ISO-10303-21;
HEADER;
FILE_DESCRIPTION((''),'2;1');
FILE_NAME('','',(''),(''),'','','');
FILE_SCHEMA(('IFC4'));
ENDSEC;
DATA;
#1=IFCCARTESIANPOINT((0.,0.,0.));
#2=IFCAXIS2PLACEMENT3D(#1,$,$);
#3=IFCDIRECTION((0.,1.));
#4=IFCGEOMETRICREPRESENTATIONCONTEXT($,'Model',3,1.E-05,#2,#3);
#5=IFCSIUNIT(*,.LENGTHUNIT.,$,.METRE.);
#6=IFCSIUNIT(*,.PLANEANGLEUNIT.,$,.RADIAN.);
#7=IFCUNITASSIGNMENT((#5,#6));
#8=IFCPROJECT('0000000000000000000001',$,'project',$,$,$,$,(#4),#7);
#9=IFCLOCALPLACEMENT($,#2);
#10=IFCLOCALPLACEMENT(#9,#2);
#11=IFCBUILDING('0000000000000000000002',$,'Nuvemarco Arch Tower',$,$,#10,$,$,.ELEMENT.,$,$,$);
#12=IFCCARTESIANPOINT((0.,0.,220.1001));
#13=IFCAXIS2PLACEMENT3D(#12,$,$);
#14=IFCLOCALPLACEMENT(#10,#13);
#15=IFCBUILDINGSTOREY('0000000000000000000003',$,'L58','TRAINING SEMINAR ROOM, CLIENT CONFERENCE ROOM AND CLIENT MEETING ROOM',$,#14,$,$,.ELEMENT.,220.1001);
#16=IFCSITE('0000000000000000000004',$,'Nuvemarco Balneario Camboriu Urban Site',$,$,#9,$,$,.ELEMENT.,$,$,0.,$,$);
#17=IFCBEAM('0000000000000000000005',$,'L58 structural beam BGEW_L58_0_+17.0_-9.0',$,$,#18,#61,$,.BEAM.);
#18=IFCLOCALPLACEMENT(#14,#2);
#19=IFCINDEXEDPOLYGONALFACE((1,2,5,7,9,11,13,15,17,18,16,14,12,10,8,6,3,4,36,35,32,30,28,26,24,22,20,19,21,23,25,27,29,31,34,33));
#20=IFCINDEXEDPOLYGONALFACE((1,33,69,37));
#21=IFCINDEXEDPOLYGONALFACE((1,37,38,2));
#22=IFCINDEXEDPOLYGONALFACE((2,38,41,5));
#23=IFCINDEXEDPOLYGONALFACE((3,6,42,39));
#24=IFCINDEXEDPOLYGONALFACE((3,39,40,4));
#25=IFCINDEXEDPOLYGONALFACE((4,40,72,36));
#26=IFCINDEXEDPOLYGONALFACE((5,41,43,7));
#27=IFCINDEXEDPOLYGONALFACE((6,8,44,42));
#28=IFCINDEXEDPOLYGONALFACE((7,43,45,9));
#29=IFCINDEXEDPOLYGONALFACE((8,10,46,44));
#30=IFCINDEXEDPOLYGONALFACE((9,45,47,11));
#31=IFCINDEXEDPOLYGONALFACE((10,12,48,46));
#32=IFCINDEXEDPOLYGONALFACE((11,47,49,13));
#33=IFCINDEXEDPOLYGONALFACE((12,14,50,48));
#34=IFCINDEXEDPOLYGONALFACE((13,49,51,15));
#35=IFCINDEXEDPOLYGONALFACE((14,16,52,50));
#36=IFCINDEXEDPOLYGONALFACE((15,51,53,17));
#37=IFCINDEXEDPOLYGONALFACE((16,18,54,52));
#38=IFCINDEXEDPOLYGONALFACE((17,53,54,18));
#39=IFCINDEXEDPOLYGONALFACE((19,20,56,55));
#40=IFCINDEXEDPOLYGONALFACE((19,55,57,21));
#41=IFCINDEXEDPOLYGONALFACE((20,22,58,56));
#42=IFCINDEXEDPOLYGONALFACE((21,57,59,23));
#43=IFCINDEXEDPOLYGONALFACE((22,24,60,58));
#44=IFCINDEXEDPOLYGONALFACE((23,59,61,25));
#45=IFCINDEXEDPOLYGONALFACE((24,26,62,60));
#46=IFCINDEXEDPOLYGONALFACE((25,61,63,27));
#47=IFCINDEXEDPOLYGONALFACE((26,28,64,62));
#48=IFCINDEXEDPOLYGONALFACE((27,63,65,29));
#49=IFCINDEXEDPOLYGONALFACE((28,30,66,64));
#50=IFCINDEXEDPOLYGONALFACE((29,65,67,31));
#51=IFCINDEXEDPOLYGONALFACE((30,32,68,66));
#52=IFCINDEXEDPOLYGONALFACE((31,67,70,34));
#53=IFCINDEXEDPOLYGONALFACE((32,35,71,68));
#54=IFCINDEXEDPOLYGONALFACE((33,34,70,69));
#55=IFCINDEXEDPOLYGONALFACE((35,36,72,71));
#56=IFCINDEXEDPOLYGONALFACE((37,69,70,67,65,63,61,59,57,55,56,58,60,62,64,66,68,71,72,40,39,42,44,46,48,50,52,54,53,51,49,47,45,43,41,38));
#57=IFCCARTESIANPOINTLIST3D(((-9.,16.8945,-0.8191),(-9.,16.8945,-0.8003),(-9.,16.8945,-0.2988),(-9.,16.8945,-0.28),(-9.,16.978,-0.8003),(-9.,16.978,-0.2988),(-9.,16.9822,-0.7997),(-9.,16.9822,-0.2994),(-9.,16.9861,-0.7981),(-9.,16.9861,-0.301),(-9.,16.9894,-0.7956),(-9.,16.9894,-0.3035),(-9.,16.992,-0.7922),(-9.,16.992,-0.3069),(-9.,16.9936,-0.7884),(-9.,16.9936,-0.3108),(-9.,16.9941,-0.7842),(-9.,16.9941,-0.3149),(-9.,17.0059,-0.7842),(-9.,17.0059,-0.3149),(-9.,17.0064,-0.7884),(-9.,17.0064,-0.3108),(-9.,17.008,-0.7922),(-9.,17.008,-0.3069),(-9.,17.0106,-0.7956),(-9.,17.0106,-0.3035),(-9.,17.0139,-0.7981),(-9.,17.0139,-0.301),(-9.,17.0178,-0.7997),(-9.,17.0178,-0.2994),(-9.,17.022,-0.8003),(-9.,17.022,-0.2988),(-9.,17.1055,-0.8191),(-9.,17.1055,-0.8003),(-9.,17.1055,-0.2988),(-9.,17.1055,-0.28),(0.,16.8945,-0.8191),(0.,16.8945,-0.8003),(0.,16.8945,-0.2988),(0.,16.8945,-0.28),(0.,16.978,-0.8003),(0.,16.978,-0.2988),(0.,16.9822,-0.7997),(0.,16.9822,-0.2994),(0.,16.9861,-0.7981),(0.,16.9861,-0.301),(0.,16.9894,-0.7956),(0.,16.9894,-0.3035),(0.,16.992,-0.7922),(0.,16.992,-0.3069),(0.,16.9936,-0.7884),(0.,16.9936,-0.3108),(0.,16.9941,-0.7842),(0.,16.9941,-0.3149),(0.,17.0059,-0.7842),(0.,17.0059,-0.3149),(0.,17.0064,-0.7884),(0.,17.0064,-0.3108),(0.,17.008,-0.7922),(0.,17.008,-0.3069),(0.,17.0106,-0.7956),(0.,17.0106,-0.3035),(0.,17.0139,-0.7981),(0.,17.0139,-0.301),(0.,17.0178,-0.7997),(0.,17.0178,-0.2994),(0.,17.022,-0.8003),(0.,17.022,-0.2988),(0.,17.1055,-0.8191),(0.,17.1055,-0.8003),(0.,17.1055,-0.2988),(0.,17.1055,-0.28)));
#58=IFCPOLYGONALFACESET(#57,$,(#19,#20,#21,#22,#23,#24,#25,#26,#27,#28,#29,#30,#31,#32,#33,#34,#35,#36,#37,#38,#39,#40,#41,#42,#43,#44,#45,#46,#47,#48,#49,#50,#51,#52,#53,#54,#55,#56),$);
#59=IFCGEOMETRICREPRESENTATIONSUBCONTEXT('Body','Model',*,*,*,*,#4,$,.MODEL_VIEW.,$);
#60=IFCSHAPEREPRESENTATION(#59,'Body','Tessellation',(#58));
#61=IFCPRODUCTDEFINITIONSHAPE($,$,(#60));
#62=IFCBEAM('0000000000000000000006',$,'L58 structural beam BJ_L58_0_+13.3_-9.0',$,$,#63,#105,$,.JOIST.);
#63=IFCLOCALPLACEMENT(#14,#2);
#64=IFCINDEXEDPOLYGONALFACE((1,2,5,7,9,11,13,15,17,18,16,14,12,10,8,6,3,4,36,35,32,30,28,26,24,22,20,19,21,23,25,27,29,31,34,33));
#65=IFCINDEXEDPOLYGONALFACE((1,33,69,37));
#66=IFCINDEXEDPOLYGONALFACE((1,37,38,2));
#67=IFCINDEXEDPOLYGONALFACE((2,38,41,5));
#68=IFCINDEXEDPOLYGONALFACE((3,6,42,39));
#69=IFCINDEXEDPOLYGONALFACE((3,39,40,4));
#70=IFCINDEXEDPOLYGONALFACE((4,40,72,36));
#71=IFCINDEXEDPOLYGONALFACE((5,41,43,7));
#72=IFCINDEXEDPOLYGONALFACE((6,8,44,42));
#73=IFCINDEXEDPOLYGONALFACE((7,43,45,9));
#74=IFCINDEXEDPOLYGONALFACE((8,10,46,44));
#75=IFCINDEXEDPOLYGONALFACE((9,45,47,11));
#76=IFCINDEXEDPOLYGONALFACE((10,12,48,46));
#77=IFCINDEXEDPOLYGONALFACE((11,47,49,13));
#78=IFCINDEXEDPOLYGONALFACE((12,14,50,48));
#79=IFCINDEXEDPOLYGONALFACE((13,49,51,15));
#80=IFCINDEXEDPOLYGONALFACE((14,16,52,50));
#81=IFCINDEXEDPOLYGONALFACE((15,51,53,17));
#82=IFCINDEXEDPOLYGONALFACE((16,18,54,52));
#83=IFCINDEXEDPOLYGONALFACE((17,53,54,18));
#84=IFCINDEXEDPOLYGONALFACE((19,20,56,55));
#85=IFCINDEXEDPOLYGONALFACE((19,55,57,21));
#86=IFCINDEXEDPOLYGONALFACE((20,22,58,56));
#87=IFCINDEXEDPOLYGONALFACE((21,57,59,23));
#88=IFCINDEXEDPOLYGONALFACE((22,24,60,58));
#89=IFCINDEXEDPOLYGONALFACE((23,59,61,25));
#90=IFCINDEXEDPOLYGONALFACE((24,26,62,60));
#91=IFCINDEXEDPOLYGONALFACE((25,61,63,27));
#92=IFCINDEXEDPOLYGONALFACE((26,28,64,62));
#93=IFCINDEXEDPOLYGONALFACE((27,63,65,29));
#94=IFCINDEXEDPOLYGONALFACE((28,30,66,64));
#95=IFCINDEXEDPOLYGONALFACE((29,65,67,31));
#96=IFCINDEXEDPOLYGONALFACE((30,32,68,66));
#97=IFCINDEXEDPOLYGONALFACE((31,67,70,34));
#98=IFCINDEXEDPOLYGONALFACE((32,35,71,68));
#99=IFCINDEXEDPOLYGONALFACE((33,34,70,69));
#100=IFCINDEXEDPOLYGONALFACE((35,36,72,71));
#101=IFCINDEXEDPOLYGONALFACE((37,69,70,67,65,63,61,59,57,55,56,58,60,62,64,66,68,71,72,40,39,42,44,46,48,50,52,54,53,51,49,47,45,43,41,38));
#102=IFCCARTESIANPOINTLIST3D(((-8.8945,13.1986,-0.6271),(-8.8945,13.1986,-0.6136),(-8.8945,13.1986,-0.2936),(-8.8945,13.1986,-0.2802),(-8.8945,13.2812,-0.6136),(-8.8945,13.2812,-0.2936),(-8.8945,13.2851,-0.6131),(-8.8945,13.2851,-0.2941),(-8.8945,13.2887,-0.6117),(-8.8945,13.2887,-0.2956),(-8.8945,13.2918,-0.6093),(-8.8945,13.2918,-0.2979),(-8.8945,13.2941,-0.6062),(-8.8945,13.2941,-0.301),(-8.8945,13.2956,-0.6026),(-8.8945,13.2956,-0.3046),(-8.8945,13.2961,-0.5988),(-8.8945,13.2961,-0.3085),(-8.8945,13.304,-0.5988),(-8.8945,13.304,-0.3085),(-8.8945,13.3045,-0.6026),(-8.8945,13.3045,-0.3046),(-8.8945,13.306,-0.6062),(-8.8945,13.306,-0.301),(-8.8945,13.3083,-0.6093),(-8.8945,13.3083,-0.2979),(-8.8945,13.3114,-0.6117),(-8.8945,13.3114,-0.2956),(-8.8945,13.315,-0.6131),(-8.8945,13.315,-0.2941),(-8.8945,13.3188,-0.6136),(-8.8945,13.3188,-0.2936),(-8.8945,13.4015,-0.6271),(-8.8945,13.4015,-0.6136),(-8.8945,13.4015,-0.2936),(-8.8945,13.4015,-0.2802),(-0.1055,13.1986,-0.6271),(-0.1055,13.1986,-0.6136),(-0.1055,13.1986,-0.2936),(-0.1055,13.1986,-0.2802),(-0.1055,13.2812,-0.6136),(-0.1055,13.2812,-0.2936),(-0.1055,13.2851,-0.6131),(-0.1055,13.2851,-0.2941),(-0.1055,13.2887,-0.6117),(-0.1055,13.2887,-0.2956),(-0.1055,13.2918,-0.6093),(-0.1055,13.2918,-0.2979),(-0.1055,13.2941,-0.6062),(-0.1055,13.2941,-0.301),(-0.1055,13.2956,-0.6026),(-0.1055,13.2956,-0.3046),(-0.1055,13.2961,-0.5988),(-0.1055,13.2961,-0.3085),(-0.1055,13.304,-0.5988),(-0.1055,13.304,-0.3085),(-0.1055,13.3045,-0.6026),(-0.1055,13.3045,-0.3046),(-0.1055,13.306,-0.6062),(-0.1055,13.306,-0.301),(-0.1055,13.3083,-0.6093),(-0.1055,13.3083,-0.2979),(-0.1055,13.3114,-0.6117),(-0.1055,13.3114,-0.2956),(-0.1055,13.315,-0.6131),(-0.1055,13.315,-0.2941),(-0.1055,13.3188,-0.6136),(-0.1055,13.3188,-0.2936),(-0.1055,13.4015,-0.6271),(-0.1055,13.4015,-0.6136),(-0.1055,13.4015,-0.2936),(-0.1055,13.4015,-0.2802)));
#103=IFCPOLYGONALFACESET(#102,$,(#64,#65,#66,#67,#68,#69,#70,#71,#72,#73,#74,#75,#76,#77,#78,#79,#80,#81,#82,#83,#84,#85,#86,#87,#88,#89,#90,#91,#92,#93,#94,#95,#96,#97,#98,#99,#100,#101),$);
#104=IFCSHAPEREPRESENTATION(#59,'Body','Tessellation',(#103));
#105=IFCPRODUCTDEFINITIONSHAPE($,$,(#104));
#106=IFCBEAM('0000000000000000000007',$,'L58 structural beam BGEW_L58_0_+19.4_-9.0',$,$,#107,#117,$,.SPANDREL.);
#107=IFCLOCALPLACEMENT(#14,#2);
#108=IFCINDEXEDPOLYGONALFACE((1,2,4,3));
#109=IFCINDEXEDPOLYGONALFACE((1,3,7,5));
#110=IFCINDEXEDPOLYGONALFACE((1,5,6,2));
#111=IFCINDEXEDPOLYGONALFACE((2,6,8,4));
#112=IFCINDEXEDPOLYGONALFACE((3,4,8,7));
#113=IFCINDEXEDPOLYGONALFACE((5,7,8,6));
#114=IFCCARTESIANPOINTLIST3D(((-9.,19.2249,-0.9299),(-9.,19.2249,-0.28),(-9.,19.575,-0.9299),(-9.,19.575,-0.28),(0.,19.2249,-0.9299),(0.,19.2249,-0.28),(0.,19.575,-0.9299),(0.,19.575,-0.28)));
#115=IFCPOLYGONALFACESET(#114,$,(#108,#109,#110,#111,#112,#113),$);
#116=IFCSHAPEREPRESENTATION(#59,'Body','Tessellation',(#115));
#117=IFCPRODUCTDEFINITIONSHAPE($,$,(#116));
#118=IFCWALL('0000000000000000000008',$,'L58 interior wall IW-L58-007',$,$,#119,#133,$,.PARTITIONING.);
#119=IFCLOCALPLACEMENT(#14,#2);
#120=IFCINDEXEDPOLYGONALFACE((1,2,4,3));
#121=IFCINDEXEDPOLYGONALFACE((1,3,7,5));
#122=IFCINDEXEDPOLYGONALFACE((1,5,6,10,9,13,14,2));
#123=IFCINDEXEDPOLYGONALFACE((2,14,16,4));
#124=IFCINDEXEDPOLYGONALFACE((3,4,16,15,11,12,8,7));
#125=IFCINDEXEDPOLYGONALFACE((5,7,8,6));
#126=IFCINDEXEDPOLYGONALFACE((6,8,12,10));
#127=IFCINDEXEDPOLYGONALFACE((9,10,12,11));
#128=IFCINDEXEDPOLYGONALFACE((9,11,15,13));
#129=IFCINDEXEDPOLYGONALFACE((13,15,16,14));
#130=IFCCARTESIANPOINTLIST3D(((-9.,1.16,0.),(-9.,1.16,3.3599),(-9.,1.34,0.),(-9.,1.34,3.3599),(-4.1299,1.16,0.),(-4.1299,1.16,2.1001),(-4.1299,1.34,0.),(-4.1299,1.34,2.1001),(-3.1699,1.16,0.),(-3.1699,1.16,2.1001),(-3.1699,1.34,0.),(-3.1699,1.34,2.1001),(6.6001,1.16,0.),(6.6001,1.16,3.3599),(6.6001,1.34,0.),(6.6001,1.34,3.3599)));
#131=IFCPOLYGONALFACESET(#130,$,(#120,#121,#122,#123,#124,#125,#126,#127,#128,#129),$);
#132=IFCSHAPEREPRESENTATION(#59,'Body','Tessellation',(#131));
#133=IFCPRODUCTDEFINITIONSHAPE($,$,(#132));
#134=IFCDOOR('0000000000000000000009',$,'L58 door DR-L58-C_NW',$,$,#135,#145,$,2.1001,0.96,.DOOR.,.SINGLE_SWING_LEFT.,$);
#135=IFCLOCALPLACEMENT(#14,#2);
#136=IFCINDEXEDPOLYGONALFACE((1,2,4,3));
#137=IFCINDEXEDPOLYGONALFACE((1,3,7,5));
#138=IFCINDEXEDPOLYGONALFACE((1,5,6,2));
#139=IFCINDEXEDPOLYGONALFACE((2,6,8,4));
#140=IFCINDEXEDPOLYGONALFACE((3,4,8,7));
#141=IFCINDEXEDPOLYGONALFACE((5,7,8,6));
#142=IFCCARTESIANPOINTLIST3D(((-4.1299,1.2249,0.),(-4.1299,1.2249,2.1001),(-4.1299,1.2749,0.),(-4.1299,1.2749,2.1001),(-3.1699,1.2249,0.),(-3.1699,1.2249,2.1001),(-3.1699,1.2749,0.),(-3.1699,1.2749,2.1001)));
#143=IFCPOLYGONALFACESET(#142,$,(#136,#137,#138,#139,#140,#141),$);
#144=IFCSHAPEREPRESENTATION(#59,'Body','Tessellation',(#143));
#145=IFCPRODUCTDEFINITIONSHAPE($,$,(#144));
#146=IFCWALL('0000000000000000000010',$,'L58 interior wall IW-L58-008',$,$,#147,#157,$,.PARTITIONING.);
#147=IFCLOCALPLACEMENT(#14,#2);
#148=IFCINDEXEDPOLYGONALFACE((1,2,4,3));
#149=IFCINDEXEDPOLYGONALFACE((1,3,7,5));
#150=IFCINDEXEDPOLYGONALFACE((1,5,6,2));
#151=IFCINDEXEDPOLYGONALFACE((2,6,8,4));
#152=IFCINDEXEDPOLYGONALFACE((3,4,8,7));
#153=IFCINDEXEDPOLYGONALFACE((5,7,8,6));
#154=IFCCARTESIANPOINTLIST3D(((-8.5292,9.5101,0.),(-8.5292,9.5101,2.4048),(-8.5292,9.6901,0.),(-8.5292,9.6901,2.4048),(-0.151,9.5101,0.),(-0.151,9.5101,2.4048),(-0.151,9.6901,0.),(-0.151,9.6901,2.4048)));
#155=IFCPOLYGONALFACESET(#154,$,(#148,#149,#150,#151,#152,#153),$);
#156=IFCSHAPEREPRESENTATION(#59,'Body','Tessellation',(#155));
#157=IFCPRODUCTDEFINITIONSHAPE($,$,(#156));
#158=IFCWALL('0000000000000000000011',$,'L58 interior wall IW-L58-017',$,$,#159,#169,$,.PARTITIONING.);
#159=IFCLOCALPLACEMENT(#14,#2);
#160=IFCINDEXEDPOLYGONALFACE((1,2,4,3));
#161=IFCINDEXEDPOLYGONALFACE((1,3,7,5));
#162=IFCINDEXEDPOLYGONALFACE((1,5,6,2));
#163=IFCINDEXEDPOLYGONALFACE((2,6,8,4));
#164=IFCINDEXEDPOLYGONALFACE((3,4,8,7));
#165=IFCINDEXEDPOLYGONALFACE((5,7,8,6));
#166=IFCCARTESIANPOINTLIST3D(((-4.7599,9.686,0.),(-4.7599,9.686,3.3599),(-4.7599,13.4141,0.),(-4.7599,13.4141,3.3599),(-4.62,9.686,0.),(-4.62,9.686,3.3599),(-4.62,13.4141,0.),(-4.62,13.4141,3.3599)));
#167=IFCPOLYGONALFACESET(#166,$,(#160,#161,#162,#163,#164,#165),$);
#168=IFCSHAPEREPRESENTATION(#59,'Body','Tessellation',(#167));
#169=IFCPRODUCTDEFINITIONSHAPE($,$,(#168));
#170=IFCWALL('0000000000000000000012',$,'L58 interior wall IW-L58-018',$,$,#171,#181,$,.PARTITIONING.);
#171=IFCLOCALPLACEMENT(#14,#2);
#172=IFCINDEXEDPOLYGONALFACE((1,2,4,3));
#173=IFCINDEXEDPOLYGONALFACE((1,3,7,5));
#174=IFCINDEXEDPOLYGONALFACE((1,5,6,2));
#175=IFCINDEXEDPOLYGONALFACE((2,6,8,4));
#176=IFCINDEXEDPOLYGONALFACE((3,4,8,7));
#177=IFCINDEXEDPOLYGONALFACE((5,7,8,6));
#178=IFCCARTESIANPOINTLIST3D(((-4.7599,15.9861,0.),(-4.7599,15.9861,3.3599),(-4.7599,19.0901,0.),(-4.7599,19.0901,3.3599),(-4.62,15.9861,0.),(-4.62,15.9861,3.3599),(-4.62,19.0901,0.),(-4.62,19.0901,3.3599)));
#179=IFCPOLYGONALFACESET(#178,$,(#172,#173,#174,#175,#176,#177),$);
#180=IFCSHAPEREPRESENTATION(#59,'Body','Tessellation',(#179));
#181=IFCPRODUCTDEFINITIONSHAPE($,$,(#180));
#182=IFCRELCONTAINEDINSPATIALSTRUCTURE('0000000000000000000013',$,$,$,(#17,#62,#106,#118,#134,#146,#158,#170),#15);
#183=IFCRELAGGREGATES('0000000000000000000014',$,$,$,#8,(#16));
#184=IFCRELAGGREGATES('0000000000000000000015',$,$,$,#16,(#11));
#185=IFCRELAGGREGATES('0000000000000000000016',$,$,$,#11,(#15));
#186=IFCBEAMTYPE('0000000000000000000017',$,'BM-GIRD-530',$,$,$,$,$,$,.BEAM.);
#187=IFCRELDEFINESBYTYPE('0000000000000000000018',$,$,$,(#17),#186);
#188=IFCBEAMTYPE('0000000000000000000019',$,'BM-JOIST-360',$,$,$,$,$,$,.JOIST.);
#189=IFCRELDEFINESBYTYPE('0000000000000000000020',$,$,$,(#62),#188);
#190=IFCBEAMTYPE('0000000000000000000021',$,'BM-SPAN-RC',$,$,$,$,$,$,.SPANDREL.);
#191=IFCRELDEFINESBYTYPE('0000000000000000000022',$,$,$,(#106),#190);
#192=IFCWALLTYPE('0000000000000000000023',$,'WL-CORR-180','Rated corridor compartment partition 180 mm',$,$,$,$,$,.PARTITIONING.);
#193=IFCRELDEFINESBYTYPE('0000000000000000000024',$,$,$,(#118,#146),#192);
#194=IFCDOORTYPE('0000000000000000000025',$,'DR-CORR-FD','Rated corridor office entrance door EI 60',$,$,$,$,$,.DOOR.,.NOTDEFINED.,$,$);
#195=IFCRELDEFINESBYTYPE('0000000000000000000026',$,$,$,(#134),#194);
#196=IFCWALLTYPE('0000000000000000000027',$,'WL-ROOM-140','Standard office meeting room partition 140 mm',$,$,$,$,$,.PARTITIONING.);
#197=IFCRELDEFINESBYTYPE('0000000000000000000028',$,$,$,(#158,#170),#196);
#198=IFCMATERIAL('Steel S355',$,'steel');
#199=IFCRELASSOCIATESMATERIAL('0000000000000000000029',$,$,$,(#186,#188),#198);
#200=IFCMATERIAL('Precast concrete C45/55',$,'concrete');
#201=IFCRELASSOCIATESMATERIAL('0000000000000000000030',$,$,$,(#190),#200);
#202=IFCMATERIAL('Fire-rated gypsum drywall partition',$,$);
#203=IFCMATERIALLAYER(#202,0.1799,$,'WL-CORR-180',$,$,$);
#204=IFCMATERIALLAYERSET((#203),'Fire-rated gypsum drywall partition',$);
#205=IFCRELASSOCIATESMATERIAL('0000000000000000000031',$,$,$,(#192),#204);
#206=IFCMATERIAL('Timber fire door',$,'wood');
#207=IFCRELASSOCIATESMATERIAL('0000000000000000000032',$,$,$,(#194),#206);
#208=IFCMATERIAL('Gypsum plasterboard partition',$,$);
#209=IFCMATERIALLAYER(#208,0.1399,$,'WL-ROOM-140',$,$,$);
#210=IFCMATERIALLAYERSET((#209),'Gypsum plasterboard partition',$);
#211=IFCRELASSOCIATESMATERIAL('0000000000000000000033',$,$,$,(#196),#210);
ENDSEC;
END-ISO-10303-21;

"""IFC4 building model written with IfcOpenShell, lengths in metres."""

from ifc_helpers import new_model, si_unit, direction, frame, frame_2d, origin, origin_2d, place, context, subcontext, project, spatial, rectangle, i_section, extrude, source, transform, mapped, material, layer, layer_set, material_profile, profile_set, type_object, type_shapes, element, fill, save


model = new_model("IFC4")

# Units and contexts
model_context = context("Model", 3, precision=1e-05, world=origin(), true_north=direction((0.0, 1.0)))
body_context = subcontext(model_context, "Body", "Model", "MODEL_VIEW")
ifc_project = project(units=[si_unit("LENGTHUNIT", "METRE"), si_unit("PLANEANGLEUNIT", "RADIAN")], contexts=[model_context])

# Site, building, storey
site_placement = place(None, origin())
site = spatial("IfcSite", under=ifc_project, at=site_placement, Name="Nuvemarco Balneario Camboriu Urban Site", CompositionType="ELEMENT", RefElevation=0.0)
building_placement = place(site_placement, origin())
building = spatial("IfcBuilding", under=site, at=building_placement, Name="Nuvemarco Arch Tower", CompositionType="ELEMENT")
storey_placement = place(building_placement, frame((0.0, 0.0, 220.1001)))
storey = spatial("IfcBuildingStorey", under=building, at=storey_placement, Name="L58", Description="TRAINING SEMINAR ROOM, CLIENT CONFERENCE ROOM AND CLIENT MEETING ROOM", CompositionType="ELEMENT", Elevation=220.1001)

# Shared definitions
ifc_material_1 = material(Name="Steel S355", Category="steel")

# Beams
ifc_material_profile_1 = material_profile(ifc_material_1, i_section(OverallWidth=0.2109, OverallDepth=0.5391, WebThickness=0.0117, FlangeThickness=0.0188, FilletRadius=0.0161, at=origin_2d()), Name="W530x109")
ifc_profile_set_1 = profile_set([ifc_material_profile_1], Name="Steel S355")
beam_type_1 = type_object("IfcBeamType", Name="BM-GIRD-530", PredefinedType="BEAM", material=ifc_profile_set_1)
beam_1_placement = place(storey_placement, frame((-9.0, 17.0, -0.5496), z_axis=(1.0, 0.0, 0.0), x_axis=(0.0, 1.0, 0.0)))
element("IfcBeam", 1, at=beam_1_placement, inside=storey, type_object=beam_type_1, Name="L58 structural beam BGEW_L58_0_+17.0_-9.0", PredefinedType="BEAM", context=body_context, shape_type="SweptSolid", body=[
    extrude(i_section(OverallWidth=0.2109, OverallDepth=0.5391, WebThickness=0.0117, FlangeThickness=0.0188, FilletRadius=0.0161, at=origin_2d()), origin(), (0.0, 0.0, 1.0), 9.0),
])
ifc_material_profile_2 = material_profile(ifc_material_1, i_section(OverallWidth=0.2029, OverallDepth=0.3469, WebThickness=0.0078, FlangeThickness=0.0134, FilletRadius=0.0149, at=origin_2d()), Name="W360x64")
ifc_profile_set_2 = profile_set([ifc_material_profile_2], Name="Steel S355")
beam_type_2 = type_object("IfcBeamType", Name="BM-JOIST-360", PredefinedType="JOIST", material=ifc_profile_set_2)
beam_2_placement = place(storey_placement, frame((-8.8945, 13.3, -0.4536), z_axis=(1.0, 0.0, 0.0), x_axis=(0.0, 1.0, 0.0)))
element("IfcBeam", 2, at=beam_2_placement, inside=storey, type_object=beam_type_2, Name="L58 structural beam BJ_L58_0_+13.3_-9.0", PredefinedType="JOIST", context=body_context, shape_type="SweptSolid", body=[
    extrude(i_section(OverallWidth=0.2029, OverallDepth=0.3469, WebThickness=0.0078, FlangeThickness=0.0134, FilletRadius=0.0149, at=origin_2d()), origin(), (0.0, 0.0, 1.0), 8.7891),
])
ifc_material_2 = material(Name="Precast concrete C45/55", Category="concrete")
ifc_material_profile_3 = material_profile(ifc_material_2, rectangle(XDim=0.3501, YDim=0.6499, at=origin_2d()), Name="PC-SP-350x650")
ifc_profile_set_3 = profile_set([ifc_material_profile_3], Name="Precast concrete C45/55")
beam_type_3 = type_object("IfcBeamType", Name="BM-SPAN-RC", PredefinedType="SPANDREL", material=ifc_profile_set_3)
beam_3_placement = place(storey_placement, frame((-9.0, 19.3999, -0.605), z_axis=(1.0, 0.0, 0.0), x_axis=(0.0, 1.0, 0.0)))
element("IfcBeam", 3, at=beam_3_placement, inside=storey, type_object=beam_type_3, Name="L58 structural beam BGEW_L58_0_+19.4_-9.0", PredefinedType="SPANDREL", context=body_context, shape_type="SweptSolid", body=[
    extrude(rectangle(XDim=0.3501, YDim=0.6499, at=origin_2d()), origin(), (0.0, 0.0, 1.0), 9.0),
])

# Wall, opening, door
ifc_material_3 = material(Name="Fire-rated gypsum drywall partition")
ifc_layer_1 = layer(ifc_material_3, 0.1799, Name="WL-CORR-180")
ifc_layer_set_1 = layer_set([ifc_layer_1], Name="Fire-rated gypsum drywall partition")
wall_type_1 = type_object("IfcWallType", Name="WL-CORR-180", Description="Rated corridor compartment partition 180 mm", PredefinedType="PARTITIONING", material=ifc_layer_set_1)
wall_1_placement = place(storey_placement, frame((-9.0, 1.25, 0.0), z_axis=(0.0, 0.0, 1.0), x_axis=(1.0, 0.0, 0.0)))
wall_1 = element("IfcWall", 4, at=wall_1_placement, inside=storey, type_object=wall_type_1, Name="L58 interior wall IW-L58-007", PredefinedType="PARTITIONING", context=body_context, shape_type="SweptSolid", body=[
    extrude(rectangle(XDim=15.6001, YDim=0.1799, at=frame_2d((7.8, 0.0))), origin(), (0.0, 0.0, 1.0), 3.3599),
])
opening_1_placement = place(wall_1_placement, frame((4.8701, 0.0, 0.0)))
opening_1 = element("IfcOpeningElement", 5, at=opening_1_placement, cuts=wall_1, PredefinedType="OPENING", context=body_context, shape_type="SweptSolid", body=[
    extrude(rectangle(XDim=0.96, YDim=2.1001, at=frame_2d((0.48, 1.05))), frame((0.0, 0.0999, 0.0), z_axis=(0.0, -1.0, 0.0), x_axis=(1.0, 0.0, 0.0)), (0.0, 0.0, 1.0), 0.2),
])
ifc_material_4 = material(Name="Timber fire door", Category="wood")
door_type_1 = type_object("IfcDoorType", Name="DR-CORR-FD", Description="Rated corridor office entrance door EI 60", OperationType="NOTDEFINED", PredefinedType="DOOR", material=ifc_material_4)
shared_shape_1 = source(origin(), body_context, "Body", "SweptSolid", [
    extrude(rectangle(XDim=0.96, YDim=2.1001, at=frame_2d((0.48, 1.05))), frame((0.0, 0.0249, 0.0), z_axis=(0.0, -1.0, 0.0), x_axis=(1.0, 0.0, 0.0)), (0.0, 0.0, 1.0), 0.05),
])
type_shapes(door_type_1, [shared_shape_1])
door_1_placement = place(opening_1_placement, origin())
door_1 = element("IfcDoor", 6, at=door_1_placement, inside=storey, type_object=door_type_1, Name="L58 door DR-L58-C_NW", OperationType="SINGLE_SWING_LEFT", OverallHeight=2.1001, OverallWidth=0.96, PredefinedType="DOOR", context=body_context, shape_type="MappedRepresentation", body=[
    mapped(shared_shape_1, transform((0.0, 0.0, 0.0), scale=1.0)),
])
fill(opening_1, door_1)

# Walls
wall_2_placement = place(storey_placement, frame((-8.5291, 9.6001, 0.0), z_axis=(0.0, 0.0, 1.0), x_axis=(1.0, 0.0, 0.0)))
element("IfcWall", 7, at=wall_2_placement, inside=storey, type_object=wall_type_1, Name="L58 interior wall IW-L58-008", PredefinedType="PARTITIONING", context=body_context, shape_type="SweptSolid", body=[
    extrude(rectangle(XDim=8.3782, YDim=0.1799, at=frame_2d((4.189, 0.0))), origin(), (0.0, 0.0, 1.0), 2.4048),
])
ifc_material_5 = material(Name="Gypsum plasterboard partition")
ifc_layer_2 = layer(ifc_material_5, 0.1399, Name="WL-ROOM-140")
ifc_layer_set_2 = layer_set([ifc_layer_2], Name="Gypsum plasterboard partition")
wall_type_2 = type_object("IfcWallType", Name="WL-ROOM-140", Description="Standard office meeting room partition 140 mm", PredefinedType="PARTITIONING", material=ifc_layer_set_2)
wall_3_placement = place(storey_placement, frame((-4.6899, 9.686, 0.0), z_axis=(0.0, 0.0, 1.0), x_axis=(0.0, 1.0, 0.0)))
element("IfcWall", 8, at=wall_3_placement, inside=storey, type_object=wall_type_2, Name="L58 interior wall IW-L58-017", PredefinedType="PARTITIONING", context=body_context, shape_type="SweptSolid", body=[
    extrude(rectangle(XDim=3.728, YDim=0.1399, at=frame_2d((1.864, 0.0))), origin(), (0.0, 0.0, 1.0), 3.3599),
])
wall_4_placement = place(storey_placement, frame((-4.6899, 15.9861, 0.0), z_axis=(0.0, 0.0, 1.0), x_axis=(0.0, 1.0, 0.0)))
element("IfcWall", 9, at=wall_4_placement, inside=storey, type_object=wall_type_2, Name="L58 interior wall IW-L58-018", PredefinedType="PARTITIONING", context=body_context, shape_type="SweptSolid", body=[
    extrude(rectangle(XDim=3.104, YDim=0.1399, at=frame_2d((1.552, 0.0))), origin(), (0.0, 0.0, 1.0), 3.3599),
])

save(model, "model.ifc")
